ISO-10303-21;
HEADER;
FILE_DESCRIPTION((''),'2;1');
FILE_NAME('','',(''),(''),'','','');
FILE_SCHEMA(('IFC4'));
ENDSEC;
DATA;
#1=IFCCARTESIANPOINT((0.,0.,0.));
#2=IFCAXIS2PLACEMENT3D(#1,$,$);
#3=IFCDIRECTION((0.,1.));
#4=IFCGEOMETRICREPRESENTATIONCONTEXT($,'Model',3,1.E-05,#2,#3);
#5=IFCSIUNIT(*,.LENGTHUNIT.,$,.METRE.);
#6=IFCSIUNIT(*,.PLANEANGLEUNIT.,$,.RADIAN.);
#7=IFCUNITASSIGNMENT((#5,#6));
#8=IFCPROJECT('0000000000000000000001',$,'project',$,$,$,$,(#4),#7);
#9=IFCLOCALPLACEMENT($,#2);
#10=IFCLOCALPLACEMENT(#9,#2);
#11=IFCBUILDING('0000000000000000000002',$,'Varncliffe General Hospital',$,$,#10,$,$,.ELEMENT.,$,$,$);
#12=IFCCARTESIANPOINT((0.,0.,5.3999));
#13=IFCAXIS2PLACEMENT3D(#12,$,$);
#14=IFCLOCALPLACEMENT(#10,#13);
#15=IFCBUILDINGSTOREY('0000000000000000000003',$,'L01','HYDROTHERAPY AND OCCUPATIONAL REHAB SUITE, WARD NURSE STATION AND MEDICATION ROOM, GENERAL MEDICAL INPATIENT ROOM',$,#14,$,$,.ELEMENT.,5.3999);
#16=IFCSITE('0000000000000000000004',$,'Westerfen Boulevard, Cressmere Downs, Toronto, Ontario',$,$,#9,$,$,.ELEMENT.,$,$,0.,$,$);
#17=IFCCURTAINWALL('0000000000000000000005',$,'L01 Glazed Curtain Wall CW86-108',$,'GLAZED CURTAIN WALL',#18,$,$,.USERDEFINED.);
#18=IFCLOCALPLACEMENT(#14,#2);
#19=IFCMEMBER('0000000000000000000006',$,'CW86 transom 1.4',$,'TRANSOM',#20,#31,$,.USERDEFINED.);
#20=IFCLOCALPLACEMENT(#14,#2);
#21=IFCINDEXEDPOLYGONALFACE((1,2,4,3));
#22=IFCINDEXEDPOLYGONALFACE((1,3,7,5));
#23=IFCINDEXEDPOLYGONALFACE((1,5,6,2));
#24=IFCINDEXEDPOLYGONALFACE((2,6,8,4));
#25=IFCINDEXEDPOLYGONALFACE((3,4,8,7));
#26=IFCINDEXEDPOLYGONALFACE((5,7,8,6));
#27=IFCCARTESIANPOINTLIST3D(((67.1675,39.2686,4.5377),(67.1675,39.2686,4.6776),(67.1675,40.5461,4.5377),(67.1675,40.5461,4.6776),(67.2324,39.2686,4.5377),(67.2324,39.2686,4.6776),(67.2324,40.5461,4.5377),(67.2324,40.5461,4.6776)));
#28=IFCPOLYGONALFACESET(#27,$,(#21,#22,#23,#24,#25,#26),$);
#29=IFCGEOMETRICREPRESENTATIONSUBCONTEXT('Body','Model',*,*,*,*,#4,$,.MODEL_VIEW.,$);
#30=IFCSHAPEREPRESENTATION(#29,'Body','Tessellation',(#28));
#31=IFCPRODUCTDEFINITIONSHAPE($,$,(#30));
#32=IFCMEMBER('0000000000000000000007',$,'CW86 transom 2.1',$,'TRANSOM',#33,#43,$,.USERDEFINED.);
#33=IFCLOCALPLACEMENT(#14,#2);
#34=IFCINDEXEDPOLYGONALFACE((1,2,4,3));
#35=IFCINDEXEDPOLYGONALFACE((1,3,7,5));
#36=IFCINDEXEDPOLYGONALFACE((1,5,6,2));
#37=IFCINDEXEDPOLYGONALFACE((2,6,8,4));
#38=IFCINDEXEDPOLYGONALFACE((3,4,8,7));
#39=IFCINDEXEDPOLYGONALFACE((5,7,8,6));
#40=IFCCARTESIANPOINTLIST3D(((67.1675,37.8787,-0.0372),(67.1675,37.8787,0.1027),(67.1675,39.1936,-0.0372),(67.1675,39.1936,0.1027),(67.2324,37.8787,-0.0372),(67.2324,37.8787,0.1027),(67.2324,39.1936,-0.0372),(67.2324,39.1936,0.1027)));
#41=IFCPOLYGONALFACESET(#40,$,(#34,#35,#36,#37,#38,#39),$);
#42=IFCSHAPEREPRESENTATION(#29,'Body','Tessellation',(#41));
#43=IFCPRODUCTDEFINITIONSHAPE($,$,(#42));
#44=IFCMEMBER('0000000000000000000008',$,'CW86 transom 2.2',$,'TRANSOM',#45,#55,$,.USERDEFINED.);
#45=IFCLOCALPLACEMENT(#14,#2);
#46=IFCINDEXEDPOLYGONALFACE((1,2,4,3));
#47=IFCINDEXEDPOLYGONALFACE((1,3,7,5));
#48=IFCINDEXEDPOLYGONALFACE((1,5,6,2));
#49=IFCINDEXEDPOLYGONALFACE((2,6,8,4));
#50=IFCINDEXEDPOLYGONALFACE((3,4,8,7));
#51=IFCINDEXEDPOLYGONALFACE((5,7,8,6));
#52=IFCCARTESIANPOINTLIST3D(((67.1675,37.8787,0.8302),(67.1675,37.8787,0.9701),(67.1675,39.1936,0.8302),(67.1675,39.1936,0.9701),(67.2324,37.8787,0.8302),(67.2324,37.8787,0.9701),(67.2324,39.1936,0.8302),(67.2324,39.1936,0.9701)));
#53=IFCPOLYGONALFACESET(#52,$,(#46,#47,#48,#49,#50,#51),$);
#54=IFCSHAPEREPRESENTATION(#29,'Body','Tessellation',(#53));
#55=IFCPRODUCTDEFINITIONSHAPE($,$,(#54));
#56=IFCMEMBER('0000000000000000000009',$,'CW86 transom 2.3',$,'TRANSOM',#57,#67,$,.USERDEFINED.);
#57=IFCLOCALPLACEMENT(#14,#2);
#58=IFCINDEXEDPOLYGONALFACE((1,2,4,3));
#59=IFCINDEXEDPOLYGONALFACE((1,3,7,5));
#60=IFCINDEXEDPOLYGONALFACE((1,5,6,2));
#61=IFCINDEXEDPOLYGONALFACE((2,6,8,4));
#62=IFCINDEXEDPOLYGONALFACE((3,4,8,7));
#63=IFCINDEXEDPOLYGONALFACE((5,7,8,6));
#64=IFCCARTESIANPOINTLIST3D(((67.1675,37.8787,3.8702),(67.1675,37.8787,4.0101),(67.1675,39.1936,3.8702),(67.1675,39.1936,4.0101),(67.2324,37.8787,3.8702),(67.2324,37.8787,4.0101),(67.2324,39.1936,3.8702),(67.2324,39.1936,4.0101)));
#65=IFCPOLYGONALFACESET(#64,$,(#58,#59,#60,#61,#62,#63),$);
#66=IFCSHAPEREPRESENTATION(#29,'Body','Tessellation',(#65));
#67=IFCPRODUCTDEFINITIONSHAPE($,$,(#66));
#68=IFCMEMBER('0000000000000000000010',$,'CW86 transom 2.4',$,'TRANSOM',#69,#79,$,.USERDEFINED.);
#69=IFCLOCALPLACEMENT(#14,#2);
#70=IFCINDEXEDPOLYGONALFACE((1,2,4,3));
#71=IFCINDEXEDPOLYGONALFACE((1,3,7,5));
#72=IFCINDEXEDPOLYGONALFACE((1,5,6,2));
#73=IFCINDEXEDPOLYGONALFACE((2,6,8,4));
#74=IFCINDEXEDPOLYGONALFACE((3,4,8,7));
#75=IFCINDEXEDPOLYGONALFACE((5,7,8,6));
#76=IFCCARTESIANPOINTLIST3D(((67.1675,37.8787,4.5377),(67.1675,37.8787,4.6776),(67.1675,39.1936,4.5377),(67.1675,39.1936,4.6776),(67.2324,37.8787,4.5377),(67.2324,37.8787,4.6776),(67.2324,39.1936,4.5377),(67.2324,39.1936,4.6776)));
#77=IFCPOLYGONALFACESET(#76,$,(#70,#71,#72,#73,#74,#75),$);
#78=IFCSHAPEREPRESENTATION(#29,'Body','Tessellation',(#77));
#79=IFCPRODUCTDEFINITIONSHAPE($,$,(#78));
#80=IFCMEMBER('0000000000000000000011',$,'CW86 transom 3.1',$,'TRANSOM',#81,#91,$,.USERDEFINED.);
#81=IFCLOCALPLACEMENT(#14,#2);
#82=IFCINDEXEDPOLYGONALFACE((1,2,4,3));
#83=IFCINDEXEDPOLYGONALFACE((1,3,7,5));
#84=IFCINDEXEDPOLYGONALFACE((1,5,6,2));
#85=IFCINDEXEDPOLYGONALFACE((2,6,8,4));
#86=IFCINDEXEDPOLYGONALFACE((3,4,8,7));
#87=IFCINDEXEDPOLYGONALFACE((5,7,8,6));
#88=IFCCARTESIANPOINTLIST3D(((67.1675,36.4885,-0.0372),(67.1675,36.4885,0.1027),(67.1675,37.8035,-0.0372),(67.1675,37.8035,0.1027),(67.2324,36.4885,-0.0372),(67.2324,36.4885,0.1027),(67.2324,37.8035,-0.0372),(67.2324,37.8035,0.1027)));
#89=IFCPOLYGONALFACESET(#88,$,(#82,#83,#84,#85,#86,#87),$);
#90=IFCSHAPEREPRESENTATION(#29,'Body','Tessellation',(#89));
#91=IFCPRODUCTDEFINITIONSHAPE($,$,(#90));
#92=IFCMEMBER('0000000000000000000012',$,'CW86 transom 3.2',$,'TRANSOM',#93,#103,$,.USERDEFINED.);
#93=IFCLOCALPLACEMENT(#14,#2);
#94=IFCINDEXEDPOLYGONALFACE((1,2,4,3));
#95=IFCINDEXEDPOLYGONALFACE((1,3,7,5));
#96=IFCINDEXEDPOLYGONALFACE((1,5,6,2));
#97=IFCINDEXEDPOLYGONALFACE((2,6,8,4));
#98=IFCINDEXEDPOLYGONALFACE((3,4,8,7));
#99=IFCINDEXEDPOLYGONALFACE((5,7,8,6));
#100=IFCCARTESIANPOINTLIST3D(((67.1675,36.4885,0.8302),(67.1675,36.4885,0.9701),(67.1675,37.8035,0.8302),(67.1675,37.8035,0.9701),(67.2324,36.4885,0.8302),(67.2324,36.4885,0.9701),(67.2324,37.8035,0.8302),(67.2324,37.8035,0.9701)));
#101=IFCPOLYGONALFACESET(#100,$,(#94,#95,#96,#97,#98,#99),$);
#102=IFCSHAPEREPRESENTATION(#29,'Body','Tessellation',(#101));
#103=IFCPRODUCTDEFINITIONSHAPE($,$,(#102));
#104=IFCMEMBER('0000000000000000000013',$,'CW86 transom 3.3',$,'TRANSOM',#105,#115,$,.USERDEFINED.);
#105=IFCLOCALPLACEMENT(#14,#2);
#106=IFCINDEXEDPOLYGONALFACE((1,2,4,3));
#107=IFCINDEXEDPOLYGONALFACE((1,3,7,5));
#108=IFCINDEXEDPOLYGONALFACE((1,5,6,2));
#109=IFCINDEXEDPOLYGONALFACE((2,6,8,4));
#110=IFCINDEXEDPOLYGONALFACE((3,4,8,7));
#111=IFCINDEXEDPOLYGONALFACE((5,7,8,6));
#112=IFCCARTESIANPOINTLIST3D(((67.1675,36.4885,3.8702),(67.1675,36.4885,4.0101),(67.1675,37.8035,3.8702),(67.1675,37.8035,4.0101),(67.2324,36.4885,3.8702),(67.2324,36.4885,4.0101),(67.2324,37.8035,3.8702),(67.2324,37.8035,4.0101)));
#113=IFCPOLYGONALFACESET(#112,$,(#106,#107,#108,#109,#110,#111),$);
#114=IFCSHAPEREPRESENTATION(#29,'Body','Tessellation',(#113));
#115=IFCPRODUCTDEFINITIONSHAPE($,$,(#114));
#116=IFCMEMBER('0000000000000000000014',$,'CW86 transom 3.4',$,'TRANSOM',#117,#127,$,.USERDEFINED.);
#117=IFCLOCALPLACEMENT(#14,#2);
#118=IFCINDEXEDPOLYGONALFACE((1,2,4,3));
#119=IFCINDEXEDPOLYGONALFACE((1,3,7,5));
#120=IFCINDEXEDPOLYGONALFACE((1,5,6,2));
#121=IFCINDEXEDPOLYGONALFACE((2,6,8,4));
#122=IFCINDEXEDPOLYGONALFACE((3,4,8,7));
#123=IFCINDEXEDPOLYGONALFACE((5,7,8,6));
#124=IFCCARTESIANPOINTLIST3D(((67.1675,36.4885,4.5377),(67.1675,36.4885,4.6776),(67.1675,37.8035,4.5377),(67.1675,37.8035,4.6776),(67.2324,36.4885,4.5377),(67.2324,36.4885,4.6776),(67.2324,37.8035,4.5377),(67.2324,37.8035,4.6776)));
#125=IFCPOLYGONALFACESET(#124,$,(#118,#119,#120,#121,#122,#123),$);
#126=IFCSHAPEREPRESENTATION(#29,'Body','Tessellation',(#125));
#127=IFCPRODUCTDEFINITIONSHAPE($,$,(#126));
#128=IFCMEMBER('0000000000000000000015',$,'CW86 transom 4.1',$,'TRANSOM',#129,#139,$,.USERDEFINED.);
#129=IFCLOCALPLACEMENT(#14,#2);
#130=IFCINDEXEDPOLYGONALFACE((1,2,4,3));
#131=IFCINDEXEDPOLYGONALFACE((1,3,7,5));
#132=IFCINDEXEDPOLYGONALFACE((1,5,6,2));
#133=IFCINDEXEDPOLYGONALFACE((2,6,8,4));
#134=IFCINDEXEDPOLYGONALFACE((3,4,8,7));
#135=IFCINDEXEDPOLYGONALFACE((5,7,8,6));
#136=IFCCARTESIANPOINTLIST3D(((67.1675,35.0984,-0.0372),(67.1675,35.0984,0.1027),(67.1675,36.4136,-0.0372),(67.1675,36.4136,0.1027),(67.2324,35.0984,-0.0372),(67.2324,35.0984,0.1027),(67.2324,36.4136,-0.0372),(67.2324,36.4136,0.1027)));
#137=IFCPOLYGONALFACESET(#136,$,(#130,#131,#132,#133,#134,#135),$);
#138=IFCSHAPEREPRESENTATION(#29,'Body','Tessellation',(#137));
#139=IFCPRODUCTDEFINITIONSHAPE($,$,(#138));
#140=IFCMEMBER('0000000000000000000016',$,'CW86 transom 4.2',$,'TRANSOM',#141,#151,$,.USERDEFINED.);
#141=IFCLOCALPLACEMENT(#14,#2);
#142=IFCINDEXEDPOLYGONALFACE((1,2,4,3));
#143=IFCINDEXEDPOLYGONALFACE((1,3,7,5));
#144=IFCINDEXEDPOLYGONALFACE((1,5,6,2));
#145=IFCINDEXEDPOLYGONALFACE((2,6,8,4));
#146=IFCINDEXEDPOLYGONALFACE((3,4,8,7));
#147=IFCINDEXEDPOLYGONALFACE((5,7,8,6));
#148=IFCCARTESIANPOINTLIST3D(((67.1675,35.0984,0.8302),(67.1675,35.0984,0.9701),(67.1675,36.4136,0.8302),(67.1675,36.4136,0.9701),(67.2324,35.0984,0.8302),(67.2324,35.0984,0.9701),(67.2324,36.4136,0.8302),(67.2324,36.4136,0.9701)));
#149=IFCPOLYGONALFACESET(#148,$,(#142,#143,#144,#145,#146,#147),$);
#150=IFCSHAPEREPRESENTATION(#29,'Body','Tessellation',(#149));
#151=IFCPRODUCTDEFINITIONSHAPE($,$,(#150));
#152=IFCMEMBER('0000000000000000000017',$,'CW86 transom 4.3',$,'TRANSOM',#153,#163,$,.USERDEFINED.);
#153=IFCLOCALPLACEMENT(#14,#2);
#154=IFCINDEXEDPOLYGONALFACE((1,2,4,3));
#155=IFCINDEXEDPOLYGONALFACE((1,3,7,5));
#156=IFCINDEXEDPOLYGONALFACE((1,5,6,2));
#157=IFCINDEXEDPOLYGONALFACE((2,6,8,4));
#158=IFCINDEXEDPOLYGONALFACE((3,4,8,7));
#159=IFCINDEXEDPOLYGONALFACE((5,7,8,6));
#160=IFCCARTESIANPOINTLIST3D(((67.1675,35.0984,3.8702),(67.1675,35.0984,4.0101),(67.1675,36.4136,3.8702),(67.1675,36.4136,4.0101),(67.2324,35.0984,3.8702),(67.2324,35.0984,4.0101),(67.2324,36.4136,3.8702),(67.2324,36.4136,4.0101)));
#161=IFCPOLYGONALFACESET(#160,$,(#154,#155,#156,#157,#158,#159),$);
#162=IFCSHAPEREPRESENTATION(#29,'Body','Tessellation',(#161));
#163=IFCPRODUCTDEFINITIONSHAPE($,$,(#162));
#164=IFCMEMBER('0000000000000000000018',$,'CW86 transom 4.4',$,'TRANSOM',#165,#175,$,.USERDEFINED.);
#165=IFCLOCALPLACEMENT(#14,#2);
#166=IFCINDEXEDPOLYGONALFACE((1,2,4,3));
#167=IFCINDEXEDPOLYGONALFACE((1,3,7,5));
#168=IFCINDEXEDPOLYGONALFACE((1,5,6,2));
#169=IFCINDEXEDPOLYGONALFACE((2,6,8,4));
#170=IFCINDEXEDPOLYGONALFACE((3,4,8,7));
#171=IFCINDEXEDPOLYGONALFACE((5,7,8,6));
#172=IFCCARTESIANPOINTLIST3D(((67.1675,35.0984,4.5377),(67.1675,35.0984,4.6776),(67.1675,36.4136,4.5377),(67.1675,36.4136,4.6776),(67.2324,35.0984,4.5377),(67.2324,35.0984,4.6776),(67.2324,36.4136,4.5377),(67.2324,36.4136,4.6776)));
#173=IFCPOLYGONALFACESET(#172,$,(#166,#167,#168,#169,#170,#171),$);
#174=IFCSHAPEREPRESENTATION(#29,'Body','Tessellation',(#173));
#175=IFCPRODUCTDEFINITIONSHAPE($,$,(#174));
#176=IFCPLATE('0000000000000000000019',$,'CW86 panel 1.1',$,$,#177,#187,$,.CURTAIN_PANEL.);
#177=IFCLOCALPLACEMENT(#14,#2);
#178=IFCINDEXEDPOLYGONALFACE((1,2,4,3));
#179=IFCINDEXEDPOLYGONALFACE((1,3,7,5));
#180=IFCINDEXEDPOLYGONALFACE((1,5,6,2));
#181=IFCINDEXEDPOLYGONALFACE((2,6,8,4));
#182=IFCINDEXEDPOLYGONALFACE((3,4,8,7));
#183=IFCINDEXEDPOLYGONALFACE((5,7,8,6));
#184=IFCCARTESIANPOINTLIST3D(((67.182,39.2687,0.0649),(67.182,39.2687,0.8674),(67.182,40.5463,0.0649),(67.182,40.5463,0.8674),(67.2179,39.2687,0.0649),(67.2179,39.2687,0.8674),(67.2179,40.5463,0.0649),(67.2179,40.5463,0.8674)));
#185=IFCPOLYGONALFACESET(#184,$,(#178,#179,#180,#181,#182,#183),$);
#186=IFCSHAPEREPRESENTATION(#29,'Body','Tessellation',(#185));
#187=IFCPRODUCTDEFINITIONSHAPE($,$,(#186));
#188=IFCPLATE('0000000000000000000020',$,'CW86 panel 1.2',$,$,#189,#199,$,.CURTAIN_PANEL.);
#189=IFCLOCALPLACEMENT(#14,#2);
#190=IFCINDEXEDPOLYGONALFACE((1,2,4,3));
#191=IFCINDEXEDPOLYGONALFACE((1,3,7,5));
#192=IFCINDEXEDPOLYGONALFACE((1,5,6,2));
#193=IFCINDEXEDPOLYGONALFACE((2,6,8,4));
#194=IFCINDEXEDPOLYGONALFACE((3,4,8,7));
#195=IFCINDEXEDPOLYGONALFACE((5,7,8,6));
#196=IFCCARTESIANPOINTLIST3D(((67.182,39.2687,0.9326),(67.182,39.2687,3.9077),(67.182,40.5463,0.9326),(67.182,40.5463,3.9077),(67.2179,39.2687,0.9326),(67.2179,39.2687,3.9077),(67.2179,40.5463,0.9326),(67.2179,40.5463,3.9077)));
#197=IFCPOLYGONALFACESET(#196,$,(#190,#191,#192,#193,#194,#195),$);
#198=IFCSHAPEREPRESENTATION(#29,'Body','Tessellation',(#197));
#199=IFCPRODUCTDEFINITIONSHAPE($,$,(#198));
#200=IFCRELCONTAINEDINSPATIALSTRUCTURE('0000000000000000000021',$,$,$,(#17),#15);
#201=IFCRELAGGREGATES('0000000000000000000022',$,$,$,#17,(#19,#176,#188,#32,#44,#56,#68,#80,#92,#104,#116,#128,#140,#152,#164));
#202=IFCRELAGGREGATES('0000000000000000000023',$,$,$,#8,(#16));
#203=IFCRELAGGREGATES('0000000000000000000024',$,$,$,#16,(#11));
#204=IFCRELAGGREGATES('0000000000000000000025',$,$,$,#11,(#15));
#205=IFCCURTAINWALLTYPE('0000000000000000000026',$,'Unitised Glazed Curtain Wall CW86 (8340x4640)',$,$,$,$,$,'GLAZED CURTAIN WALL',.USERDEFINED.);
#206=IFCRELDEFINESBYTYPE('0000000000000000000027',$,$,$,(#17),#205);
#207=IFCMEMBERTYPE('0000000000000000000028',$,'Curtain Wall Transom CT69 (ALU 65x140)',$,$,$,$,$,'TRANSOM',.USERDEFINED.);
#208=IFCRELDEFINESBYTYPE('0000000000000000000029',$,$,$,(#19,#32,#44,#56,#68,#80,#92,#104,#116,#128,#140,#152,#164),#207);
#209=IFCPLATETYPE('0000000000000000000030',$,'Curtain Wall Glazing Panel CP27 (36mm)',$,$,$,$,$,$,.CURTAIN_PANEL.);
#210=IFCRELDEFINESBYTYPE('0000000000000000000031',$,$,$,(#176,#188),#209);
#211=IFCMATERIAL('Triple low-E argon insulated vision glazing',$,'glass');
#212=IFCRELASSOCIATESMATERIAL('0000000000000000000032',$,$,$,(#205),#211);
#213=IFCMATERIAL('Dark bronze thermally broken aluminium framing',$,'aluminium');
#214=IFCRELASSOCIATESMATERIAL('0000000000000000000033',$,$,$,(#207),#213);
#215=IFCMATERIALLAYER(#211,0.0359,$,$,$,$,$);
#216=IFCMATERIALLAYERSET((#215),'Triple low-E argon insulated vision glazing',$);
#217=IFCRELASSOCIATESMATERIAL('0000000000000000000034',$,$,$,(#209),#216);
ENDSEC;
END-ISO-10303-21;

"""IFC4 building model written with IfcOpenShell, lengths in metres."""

from ifc_helpers import new_model, si_unit, direction, frame, origin, origin_2d, place, context, subcontext, project, spatial, rectangle, extrude, material, layer, layer_set, material_profile, profile_set, type_object, element, aggregate, save


model = new_model("IFC4")

# Units and contexts
model_context = context("Model", 3, precision=1e-05, world=origin(), true_north=direction((0.0, 1.0)))
body_context = subcontext(model_context, "Body", "Model", "MODEL_VIEW")
ifc_project = project(units=[si_unit("LENGTHUNIT", "METRE"), si_unit("PLANEANGLEUNIT", "RADIAN")], contexts=[model_context])

# Site, building, storey
site_placement = place(None, origin())
site = spatial("IfcSite", under=ifc_project, at=site_placement, Name="Westerfen Boulevard, Cressmere Downs, Toronto, Ontario", CompositionType="ELEMENT", RefElevation=0.0)
building_placement = place(site_placement, origin())
building = spatial("IfcBuilding", under=site, at=building_placement, Name="Varncliffe General Hospital", CompositionType="ELEMENT")
storey_placement = place(building_placement, frame((0.0, 0.0, 5.3999)))
storey = spatial("IfcBuildingStorey", under=building, at=storey_placement, Name="L01", Description="HYDROTHERAPY AND OCCUPATIONAL REHAB SUITE, WARD NURSE STATION AND MEDICATION ROOM, GENERAL MEDICAL INPATIENT ROOM", CompositionType="ELEMENT", Elevation=5.3999)

# Curtain wall
ifc_material_1 = material(Name="Triple low-E argon insulated vision glazing", Category="glass")
ifc_material_2 = material(Name="Dark bronze thermally broken aluminium framing", Category="aluminium")
curtain_wall_type_1 = type_object("IfcCurtainWallType", Name="Unitised Glazed Curtain Wall CW86 (8340x4640)", ElementType="GLAZED CURTAIN WALL", PredefinedType="USERDEFINED", material=ifc_material_1)
curtain_wall_1_placement = place(storey_placement, origin())
curtain_wall_1 = element("IfcCurtainWall", 1, at=curtain_wall_1_placement, inside=storey, type_object=curtain_wall_type_1, Name="L01 Glazed Curtain Wall CW86-108", ObjectType="GLAZED CURTAIN WALL", PredefinedType="USERDEFINED")

# Members
ifc_material_profile_1 = material_profile(ifc_material_2, rectangle(XDim=0.0649, YDim=0.1399, at=origin_2d()), Name="ALU 65x140")
ifc_profile_set_1 = profile_set([ifc_material_profile_1], Name="Dark bronze thermally broken aluminium framing")
member_type_1 = type_object("IfcMemberType", Name="Curtain Wall Transom CT69 (ALU 65x140)", ElementType="TRANSOM", PredefinedType="USERDEFINED", material=ifc_profile_set_1)
member_1_placement = place(storey_placement, frame((67.2, 40.5461, 4.6077), z_axis=(0.0, -1.0, 0.0), x_axis=(1.0, 0.0, 0.0)))
member_1 = element("IfcMember", 2, at=member_1_placement, type_object=member_type_1, Name="CW86 transom 1.4", ObjectType="TRANSOM", PredefinedType="USERDEFINED", context=body_context, shape_type="SweptSolid", body=[
    extrude(rectangle(XDim=0.0649, YDim=0.1399, at=origin_2d()), origin(), (0.0, 0.0, 1.0), 1.2776),
])
member_2_placement = place(storey_placement, frame((67.2, 39.1936, 0.0327), z_axis=(0.0, -1.0, 0.0), x_axis=(1.0, 0.0, 0.0)))
member_2 = element("IfcMember", 3, at=member_2_placement, type_object=member_type_1, Name="CW86 transom 2.1", ObjectType="TRANSOM", PredefinedType="USERDEFINED", context=body_context, shape_type="SweptSolid", body=[
    extrude(rectangle(XDim=0.0649, YDim=0.1399, at=origin_2d()), origin(), (0.0, 0.0, 1.0), 1.3149),
])
member_3_placement = place(storey_placement, frame((67.2, 39.1936, 0.9001), z_axis=(0.0, -1.0, 0.0), x_axis=(1.0, 0.0, 0.0)))
member_3 = element("IfcMember", 4, at=member_3_placement, type_object=member_type_1, Name="CW86 transom 2.2", ObjectType="TRANSOM", PredefinedType="USERDEFINED", context=body_context, shape_type="SweptSolid", body=[
    extrude(rectangle(XDim=0.0649, YDim=0.1399, at=origin_2d()), origin(), (0.0, 0.0, 1.0), 1.3149),
])
member_4_placement = place(storey_placement, frame((67.2, 39.1936, 3.9402), z_axis=(0.0, -1.0, 0.0), x_axis=(1.0, 0.0, 0.0)))
member_4 = element("IfcMember", 5, at=member_4_placement, type_object=member_type_1, Name="CW86 transom 2.3", ObjectType="TRANSOM", PredefinedType="USERDEFINED", context=body_context, shape_type="SweptSolid", body=[
    extrude(rectangle(XDim=0.0649, YDim=0.1399, at=origin_2d()), origin(), (0.0, 0.0, 1.0), 1.3149),
])
member_5_placement = place(storey_placement, frame((67.2, 39.1936, 4.6077), z_axis=(0.0, -1.0, 0.0), x_axis=(1.0, 0.0, 0.0)))
member_5 = element("IfcMember", 6, at=member_5_placement, type_object=member_type_1, Name="CW86 transom 2.4", ObjectType="TRANSOM", PredefinedType="USERDEFINED", context=body_context, shape_type="SweptSolid", body=[
    extrude(rectangle(XDim=0.0649, YDim=0.1399, at=origin_2d()), origin(), (0.0, 0.0, 1.0), 1.3149),
])
member_6_placement = place(storey_placement, frame((67.2, 37.8035, 0.0327), z_axis=(0.0, -1.0, 0.0), x_axis=(1.0, 0.0, 0.0)))
member_6 = element("IfcMember", 7, at=member_6_placement, type_object=member_type_1, Name="CW86 transom 3.1", ObjectType="TRANSOM", PredefinedType="USERDEFINED", context=body_context, shape_type="SweptSolid", body=[
    extrude(rectangle(XDim=0.0649, YDim=0.1399, at=origin_2d()), origin(), (0.0, 0.0, 1.0), 1.3149),
])
member_7_placement = place(storey_placement, frame((67.2, 37.8035, 0.9001), z_axis=(0.0, -1.0, 0.0), x_axis=(1.0, 0.0, 0.0)))
member_7 = element("IfcMember", 8, at=member_7_placement, type_object=member_type_1, Name="CW86 transom 3.2", ObjectType="TRANSOM", PredefinedType="USERDEFINED", context=body_context, shape_type="SweptSolid", body=[
    extrude(rectangle(XDim=0.0649, YDim=0.1399, at=origin_2d()), origin(), (0.0, 0.0, 1.0), 1.3149),
])
member_8_placement = place(storey_placement, frame((67.2, 37.8035, 3.9402), z_axis=(0.0, -1.0, 0.0), x_axis=(1.0, 0.0, 0.0)))
member_8 = element("IfcMember", 9, at=member_8_placement, type_object=member_type_1, Name="CW86 transom 3.3", ObjectType="TRANSOM", PredefinedType="USERDEFINED", context=body_context, shape_type="SweptSolid", body=[
    extrude(rectangle(XDim=0.0649, YDim=0.1399, at=origin_2d()), origin(), (0.0, 0.0, 1.0), 1.3149),
])
member_9_placement = place(storey_placement, frame((67.2, 37.8035, 4.6077), z_axis=(0.0, -1.0, 0.0), x_axis=(1.0, 0.0, 0.0)))
member_9 = element("IfcMember", 10, at=member_9_placement, type_object=member_type_1, Name="CW86 transom 3.4", ObjectType="TRANSOM", PredefinedType="USERDEFINED", context=body_context, shape_type="SweptSolid", body=[
    extrude(rectangle(XDim=0.0649, YDim=0.1399, at=origin_2d()), origin(), (0.0, 0.0, 1.0), 1.3149),
])
member_10_placement = place(storey_placement, frame((67.2, 36.4136, 0.0327), z_axis=(0.0, -1.0, 0.0), x_axis=(1.0, 0.0, 0.0)))
member_10 = element("IfcMember", 11, at=member_10_placement, type_object=member_type_1, Name="CW86 transom 4.1", ObjectType="TRANSOM", PredefinedType="USERDEFINED", context=body_context, shape_type="SweptSolid", body=[
    extrude(rectangle(XDim=0.0649, YDim=0.1399, at=origin_2d()), origin(), (0.0, 0.0, 1.0), 1.3152),
])
member_11_placement = place(storey_placement, frame((67.2, 36.4136, 0.9001), z_axis=(0.0, -1.0, 0.0), x_axis=(1.0, 0.0, 0.0)))
member_11 = element("IfcMember", 12, at=member_11_placement, type_object=member_type_1, Name="CW86 transom 4.2", ObjectType="TRANSOM", PredefinedType="USERDEFINED", context=body_context, shape_type="SweptSolid", body=[
    extrude(rectangle(XDim=0.0649, YDim=0.1399, at=origin_2d()), origin(), (0.0, 0.0, 1.0), 1.3152),
])
member_12_placement = place(storey_placement, frame((67.2, 36.4136, 3.9402), z_axis=(0.0, -1.0, 0.0), x_axis=(1.0, 0.0, 0.0)))
member_12 = element("IfcMember", 13, at=member_12_placement, type_object=member_type_1, Name="CW86 transom 4.3", ObjectType="TRANSOM", PredefinedType="USERDEFINED", context=body_context, shape_type="SweptSolid", body=[
    extrude(rectangle(XDim=0.0649, YDim=0.1399, at=origin_2d()), origin(), (0.0, 0.0, 1.0), 1.3152),
])
member_13_placement = place(storey_placement, frame((67.2, 36.4136, 4.6077), z_axis=(0.0, -1.0, 0.0), x_axis=(1.0, 0.0, 0.0)))
member_13 = element("IfcMember", 14, at=member_13_placement, type_object=member_type_1, Name="CW86 transom 4.4", ObjectType="TRANSOM", PredefinedType="USERDEFINED", context=body_context, shape_type="SweptSolid", body=[
    extrude(rectangle(XDim=0.0649, YDim=0.1399, at=origin_2d()), origin(), (0.0, 0.0, 1.0), 1.3152),
])

# Plates
ifc_layer_1 = layer(ifc_material_1, 0.0359)
ifc_layer_set_1 = layer_set([ifc_layer_1], Name="Triple low-E argon insulated vision glazing")
plate_type_1 = type_object("IfcPlateType", Name="Curtain Wall Glazing Panel CP27 (36mm)", PredefinedType="CURTAIN_PANEL", material=ifc_layer_set_1)
plate_1_placement = place(storey_placement, frame((67.2, 39.9075, 0.0649), z_axis=(0.0, 0.0, 1.0), x_axis=(0.0, -1.0, 0.0)))
plate_1 = element("IfcPlate", 15, at=plate_1_placement, type_object=plate_type_1, Name="CW86 panel 1.1", PredefinedType="CURTAIN_PANEL", context=body_context, shape_type="SweptSolid", body=[
    extrude(rectangle(XDim=1.2776, YDim=0.0359, at=origin_2d()), origin(), (0.0, 0.0, 1.0), 0.8025),
])
plate_2_placement = place(storey_placement, frame((67.2, 39.9075, 0.9326), z_axis=(0.0, 0.0, 1.0), x_axis=(0.0, -1.0, 0.0)))
plate_2 = element("IfcPlate", 16, at=plate_2_placement, type_object=plate_type_1, Name="CW86 panel 1.2", PredefinedType="CURTAIN_PANEL", context=body_context, shape_type="SweptSolid", body=[
    extrude(rectangle(XDim=1.2776, YDim=0.0359, at=origin_2d()), origin(), (0.0, 0.0, 1.0), 2.9751),
])
aggregate(curtain_wall_1, [member_1, plate_1, plate_2, member_2, member_3, member_4, member_5, member_6, member_7, member_8, member_9, member_10, member_11, member_12, member_13])

save(model, "model.ifc")
